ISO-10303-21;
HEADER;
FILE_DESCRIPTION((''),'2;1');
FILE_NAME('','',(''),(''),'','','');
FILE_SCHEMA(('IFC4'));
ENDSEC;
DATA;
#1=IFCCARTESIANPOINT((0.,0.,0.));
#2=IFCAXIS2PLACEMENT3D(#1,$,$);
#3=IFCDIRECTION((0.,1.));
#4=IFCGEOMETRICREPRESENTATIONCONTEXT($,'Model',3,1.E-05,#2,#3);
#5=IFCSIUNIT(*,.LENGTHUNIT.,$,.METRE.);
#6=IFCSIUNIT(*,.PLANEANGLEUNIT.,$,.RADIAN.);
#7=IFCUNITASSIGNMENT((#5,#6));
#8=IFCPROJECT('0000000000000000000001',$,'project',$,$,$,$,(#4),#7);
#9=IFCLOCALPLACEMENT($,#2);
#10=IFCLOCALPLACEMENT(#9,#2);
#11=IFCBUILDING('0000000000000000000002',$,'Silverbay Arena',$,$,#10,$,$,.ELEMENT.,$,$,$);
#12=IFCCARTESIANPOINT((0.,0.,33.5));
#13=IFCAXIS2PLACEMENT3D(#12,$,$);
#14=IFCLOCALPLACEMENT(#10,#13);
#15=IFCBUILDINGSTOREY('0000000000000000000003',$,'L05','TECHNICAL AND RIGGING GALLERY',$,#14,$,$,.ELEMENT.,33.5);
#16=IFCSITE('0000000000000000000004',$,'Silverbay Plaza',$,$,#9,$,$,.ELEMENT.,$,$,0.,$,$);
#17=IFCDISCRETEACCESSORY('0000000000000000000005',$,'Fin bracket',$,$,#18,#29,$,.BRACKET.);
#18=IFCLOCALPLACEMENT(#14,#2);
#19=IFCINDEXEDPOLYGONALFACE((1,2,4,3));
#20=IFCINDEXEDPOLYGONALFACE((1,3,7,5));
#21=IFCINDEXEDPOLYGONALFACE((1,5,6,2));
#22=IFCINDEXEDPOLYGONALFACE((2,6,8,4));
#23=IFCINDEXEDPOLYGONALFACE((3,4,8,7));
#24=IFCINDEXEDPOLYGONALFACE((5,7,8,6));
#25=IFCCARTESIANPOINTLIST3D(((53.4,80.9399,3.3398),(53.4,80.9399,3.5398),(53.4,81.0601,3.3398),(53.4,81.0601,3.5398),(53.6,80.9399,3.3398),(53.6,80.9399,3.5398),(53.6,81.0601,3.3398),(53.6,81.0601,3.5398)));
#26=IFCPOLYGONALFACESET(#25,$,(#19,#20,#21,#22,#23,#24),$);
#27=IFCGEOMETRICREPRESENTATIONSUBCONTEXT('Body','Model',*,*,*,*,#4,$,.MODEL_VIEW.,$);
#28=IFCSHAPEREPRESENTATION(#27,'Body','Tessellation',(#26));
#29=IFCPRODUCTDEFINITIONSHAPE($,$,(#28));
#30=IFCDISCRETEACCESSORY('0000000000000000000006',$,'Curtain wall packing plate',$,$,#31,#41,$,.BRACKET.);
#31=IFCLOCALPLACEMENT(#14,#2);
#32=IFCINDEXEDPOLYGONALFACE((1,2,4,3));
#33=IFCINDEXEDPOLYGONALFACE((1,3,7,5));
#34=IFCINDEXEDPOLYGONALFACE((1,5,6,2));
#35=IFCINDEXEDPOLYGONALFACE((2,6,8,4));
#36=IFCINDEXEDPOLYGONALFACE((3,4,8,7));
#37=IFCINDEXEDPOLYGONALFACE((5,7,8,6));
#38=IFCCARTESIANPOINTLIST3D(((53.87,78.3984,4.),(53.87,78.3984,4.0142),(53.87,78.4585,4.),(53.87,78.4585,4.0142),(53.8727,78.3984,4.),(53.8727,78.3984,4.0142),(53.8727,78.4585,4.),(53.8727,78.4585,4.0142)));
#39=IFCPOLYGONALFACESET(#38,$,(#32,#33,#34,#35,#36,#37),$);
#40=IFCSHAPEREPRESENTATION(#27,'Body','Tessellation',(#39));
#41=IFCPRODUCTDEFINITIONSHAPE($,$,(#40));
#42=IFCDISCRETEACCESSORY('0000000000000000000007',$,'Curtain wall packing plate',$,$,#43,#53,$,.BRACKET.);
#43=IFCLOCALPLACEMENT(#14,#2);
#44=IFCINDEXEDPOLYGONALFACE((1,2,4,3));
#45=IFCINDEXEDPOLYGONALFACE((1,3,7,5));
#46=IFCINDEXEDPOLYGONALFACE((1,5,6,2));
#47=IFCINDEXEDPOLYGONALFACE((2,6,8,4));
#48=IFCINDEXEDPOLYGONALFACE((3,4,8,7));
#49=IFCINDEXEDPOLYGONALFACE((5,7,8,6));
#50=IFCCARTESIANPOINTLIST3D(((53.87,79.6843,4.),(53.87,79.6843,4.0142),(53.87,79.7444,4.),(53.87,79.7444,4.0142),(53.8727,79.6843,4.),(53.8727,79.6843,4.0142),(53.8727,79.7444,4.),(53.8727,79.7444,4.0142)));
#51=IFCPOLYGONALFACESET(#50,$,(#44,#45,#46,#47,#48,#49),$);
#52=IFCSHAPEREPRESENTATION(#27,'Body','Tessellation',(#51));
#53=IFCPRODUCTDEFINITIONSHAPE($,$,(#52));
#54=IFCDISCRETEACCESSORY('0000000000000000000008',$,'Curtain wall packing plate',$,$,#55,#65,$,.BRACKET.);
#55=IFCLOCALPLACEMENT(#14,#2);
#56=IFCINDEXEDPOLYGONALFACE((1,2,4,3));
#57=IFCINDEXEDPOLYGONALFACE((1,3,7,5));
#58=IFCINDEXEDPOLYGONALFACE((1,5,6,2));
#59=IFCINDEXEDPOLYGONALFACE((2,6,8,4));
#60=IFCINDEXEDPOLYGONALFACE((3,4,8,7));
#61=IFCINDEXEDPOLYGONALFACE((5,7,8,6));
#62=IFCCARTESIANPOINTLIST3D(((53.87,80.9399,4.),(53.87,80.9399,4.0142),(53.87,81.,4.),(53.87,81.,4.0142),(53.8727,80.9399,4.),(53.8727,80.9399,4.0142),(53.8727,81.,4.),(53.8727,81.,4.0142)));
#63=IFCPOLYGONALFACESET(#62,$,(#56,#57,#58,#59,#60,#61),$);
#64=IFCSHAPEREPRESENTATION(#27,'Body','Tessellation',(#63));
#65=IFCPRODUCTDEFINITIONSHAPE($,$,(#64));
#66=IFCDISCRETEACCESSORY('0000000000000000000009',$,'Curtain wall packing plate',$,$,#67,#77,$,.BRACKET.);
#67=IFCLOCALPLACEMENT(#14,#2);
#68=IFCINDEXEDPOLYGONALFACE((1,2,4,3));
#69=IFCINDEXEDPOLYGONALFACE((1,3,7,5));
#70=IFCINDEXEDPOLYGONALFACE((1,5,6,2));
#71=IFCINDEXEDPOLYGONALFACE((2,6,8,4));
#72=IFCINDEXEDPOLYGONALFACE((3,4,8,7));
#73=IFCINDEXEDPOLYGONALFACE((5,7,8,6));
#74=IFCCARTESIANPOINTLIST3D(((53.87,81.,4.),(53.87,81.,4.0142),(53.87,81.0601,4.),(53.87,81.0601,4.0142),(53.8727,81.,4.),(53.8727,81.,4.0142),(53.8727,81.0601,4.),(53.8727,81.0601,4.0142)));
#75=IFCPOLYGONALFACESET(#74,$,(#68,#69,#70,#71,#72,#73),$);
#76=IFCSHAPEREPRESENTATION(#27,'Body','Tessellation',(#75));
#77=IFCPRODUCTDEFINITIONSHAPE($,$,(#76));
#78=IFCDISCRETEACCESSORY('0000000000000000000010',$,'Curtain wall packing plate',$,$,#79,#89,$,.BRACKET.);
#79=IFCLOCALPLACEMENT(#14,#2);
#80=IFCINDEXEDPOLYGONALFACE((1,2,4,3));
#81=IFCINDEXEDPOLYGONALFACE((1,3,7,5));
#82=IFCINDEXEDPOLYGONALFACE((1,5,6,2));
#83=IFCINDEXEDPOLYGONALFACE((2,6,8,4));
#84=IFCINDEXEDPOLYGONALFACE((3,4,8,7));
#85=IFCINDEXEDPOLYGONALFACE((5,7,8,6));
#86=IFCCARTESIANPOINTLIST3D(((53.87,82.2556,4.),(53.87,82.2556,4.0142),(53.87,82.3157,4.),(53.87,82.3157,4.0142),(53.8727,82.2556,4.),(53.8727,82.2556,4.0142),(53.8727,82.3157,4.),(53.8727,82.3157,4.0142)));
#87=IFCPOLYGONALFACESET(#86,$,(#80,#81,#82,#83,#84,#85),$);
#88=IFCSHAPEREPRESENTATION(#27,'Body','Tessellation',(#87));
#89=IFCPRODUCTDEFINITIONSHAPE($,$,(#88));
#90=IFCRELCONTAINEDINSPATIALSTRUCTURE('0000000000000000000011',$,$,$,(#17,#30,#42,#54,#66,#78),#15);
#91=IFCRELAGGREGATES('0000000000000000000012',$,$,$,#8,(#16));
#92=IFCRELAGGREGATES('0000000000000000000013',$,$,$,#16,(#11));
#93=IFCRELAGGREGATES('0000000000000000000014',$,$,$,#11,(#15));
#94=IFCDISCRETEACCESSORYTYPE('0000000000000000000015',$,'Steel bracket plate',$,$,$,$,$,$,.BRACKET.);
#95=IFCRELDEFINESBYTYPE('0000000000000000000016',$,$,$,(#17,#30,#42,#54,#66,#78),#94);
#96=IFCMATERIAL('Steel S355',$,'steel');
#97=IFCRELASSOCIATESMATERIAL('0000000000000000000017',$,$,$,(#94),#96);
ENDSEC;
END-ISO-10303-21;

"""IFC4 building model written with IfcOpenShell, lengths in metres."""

from ifc_helpers import new_model, si_unit, direction, frame, origin, origin_2d, place, context, subcontext, project, spatial, rectangle, extrude, material, type_object, element, save


model = new_model("IFC4")

# Units and contexts
model_context = context("Model", 3, precision=1e-05, world=origin(), true_north=direction((0.0, 1.0)))
body_context = subcontext(model_context, "Body", "Model", "MODEL_VIEW")
ifc_project = project(units=[si_unit("LENGTHUNIT", "METRE"), si_unit("PLANEANGLEUNIT", "RADIAN")], contexts=[model_context])

# Site, building, storey
site_placement = place(None, origin())
site = spatial("IfcSite", under=ifc_project, at=site_placement, Name="Silverbay Plaza", CompositionType="ELEMENT", RefElevation=0.0)
building_placement = place(site_placement, origin())
building = spatial("IfcBuilding", under=site, at=building_placement, Name="Silverbay Arena", CompositionType="ELEMENT")
storey_placement = place(building_placement, frame((0.0, 0.0, 33.5)))
storey = spatial("IfcBuildingStorey", under=building, at=storey_placement, Name="L05", Description="TECHNICAL AND RIGGING GALLERY", CompositionType="ELEMENT", Elevation=33.5)

# Discrete accessories
ifc_material_1 = material(Name="Steel S355", Category="steel")
discrete_accessory_type = type_object("IfcDiscreteAccessoryType", Name="Steel bracket plate", PredefinedType="BRACKET", material=ifc_material_1)
for number, where, z_axis, x_axis, name in (
    (1, (53.5, 81.0, 3.3398), (0.0, 0.0, 1.0), (1.0, 0.0, 0.0), "Fin bracket"),
):
    element("IfcDiscreteAccessory", number, at=place(storey_placement, frame(where, z_axis=z_axis, x_axis=x_axis)), inside=storey, type_object=discrete_accessory_type, Name=name, PredefinedType="BRACKET", context=body_context, shape_type="SweptSolid", body=[
        extrude(rectangle(XDim=0.2, YDim=0.1201, at=origin_2d()), origin(), (0.0, 0.0, 1.0), 0.2),
    ])
for number, where, z_axis, x_axis, name in (
    (2, (53.8713, 78.4285, 4.0), (0.0, 0.0, 1.0), (1.0, 0.0, 0.0), "Curtain wall packing plate"),
    (3, (53.8713, 79.7144, 4.0), (0.0, 0.0, 1.0), (1.0, 0.0, 0.0), "Curtain wall packing plate"),
    (4, (53.8713, 80.97, 4.0), (0.0, 0.0, 1.0), (1.0, 0.0, 0.0), "Curtain wall packing plate"),
    (5, (53.8713, 81.03, 4.0), (0.0, 0.0, 1.0), (1.0, 0.0, 0.0), "Curtain wall packing plate"),
    (6, (53.8713, 82.2856, 4.0), (0.0, 0.0, 1.0), (1.0, 0.0, 0.0), "Curtain wall packing plate"),
):
    element("IfcDiscreteAccessory", number, at=place(storey_placement, frame(where, z_axis=z_axis, x_axis=x_axis)), inside=storey, type_object=discrete_accessory_type, Name=name, PredefinedType="BRACKET", context=body_context, shape_type="SweptSolid", body=[
        extrude(rectangle(XDim=0.0027, YDim=0.0601, at=origin_2d()), origin(), (0.0, 0.0, 1.0), 0.0142),
    ])

save(model, "model.ifc")
